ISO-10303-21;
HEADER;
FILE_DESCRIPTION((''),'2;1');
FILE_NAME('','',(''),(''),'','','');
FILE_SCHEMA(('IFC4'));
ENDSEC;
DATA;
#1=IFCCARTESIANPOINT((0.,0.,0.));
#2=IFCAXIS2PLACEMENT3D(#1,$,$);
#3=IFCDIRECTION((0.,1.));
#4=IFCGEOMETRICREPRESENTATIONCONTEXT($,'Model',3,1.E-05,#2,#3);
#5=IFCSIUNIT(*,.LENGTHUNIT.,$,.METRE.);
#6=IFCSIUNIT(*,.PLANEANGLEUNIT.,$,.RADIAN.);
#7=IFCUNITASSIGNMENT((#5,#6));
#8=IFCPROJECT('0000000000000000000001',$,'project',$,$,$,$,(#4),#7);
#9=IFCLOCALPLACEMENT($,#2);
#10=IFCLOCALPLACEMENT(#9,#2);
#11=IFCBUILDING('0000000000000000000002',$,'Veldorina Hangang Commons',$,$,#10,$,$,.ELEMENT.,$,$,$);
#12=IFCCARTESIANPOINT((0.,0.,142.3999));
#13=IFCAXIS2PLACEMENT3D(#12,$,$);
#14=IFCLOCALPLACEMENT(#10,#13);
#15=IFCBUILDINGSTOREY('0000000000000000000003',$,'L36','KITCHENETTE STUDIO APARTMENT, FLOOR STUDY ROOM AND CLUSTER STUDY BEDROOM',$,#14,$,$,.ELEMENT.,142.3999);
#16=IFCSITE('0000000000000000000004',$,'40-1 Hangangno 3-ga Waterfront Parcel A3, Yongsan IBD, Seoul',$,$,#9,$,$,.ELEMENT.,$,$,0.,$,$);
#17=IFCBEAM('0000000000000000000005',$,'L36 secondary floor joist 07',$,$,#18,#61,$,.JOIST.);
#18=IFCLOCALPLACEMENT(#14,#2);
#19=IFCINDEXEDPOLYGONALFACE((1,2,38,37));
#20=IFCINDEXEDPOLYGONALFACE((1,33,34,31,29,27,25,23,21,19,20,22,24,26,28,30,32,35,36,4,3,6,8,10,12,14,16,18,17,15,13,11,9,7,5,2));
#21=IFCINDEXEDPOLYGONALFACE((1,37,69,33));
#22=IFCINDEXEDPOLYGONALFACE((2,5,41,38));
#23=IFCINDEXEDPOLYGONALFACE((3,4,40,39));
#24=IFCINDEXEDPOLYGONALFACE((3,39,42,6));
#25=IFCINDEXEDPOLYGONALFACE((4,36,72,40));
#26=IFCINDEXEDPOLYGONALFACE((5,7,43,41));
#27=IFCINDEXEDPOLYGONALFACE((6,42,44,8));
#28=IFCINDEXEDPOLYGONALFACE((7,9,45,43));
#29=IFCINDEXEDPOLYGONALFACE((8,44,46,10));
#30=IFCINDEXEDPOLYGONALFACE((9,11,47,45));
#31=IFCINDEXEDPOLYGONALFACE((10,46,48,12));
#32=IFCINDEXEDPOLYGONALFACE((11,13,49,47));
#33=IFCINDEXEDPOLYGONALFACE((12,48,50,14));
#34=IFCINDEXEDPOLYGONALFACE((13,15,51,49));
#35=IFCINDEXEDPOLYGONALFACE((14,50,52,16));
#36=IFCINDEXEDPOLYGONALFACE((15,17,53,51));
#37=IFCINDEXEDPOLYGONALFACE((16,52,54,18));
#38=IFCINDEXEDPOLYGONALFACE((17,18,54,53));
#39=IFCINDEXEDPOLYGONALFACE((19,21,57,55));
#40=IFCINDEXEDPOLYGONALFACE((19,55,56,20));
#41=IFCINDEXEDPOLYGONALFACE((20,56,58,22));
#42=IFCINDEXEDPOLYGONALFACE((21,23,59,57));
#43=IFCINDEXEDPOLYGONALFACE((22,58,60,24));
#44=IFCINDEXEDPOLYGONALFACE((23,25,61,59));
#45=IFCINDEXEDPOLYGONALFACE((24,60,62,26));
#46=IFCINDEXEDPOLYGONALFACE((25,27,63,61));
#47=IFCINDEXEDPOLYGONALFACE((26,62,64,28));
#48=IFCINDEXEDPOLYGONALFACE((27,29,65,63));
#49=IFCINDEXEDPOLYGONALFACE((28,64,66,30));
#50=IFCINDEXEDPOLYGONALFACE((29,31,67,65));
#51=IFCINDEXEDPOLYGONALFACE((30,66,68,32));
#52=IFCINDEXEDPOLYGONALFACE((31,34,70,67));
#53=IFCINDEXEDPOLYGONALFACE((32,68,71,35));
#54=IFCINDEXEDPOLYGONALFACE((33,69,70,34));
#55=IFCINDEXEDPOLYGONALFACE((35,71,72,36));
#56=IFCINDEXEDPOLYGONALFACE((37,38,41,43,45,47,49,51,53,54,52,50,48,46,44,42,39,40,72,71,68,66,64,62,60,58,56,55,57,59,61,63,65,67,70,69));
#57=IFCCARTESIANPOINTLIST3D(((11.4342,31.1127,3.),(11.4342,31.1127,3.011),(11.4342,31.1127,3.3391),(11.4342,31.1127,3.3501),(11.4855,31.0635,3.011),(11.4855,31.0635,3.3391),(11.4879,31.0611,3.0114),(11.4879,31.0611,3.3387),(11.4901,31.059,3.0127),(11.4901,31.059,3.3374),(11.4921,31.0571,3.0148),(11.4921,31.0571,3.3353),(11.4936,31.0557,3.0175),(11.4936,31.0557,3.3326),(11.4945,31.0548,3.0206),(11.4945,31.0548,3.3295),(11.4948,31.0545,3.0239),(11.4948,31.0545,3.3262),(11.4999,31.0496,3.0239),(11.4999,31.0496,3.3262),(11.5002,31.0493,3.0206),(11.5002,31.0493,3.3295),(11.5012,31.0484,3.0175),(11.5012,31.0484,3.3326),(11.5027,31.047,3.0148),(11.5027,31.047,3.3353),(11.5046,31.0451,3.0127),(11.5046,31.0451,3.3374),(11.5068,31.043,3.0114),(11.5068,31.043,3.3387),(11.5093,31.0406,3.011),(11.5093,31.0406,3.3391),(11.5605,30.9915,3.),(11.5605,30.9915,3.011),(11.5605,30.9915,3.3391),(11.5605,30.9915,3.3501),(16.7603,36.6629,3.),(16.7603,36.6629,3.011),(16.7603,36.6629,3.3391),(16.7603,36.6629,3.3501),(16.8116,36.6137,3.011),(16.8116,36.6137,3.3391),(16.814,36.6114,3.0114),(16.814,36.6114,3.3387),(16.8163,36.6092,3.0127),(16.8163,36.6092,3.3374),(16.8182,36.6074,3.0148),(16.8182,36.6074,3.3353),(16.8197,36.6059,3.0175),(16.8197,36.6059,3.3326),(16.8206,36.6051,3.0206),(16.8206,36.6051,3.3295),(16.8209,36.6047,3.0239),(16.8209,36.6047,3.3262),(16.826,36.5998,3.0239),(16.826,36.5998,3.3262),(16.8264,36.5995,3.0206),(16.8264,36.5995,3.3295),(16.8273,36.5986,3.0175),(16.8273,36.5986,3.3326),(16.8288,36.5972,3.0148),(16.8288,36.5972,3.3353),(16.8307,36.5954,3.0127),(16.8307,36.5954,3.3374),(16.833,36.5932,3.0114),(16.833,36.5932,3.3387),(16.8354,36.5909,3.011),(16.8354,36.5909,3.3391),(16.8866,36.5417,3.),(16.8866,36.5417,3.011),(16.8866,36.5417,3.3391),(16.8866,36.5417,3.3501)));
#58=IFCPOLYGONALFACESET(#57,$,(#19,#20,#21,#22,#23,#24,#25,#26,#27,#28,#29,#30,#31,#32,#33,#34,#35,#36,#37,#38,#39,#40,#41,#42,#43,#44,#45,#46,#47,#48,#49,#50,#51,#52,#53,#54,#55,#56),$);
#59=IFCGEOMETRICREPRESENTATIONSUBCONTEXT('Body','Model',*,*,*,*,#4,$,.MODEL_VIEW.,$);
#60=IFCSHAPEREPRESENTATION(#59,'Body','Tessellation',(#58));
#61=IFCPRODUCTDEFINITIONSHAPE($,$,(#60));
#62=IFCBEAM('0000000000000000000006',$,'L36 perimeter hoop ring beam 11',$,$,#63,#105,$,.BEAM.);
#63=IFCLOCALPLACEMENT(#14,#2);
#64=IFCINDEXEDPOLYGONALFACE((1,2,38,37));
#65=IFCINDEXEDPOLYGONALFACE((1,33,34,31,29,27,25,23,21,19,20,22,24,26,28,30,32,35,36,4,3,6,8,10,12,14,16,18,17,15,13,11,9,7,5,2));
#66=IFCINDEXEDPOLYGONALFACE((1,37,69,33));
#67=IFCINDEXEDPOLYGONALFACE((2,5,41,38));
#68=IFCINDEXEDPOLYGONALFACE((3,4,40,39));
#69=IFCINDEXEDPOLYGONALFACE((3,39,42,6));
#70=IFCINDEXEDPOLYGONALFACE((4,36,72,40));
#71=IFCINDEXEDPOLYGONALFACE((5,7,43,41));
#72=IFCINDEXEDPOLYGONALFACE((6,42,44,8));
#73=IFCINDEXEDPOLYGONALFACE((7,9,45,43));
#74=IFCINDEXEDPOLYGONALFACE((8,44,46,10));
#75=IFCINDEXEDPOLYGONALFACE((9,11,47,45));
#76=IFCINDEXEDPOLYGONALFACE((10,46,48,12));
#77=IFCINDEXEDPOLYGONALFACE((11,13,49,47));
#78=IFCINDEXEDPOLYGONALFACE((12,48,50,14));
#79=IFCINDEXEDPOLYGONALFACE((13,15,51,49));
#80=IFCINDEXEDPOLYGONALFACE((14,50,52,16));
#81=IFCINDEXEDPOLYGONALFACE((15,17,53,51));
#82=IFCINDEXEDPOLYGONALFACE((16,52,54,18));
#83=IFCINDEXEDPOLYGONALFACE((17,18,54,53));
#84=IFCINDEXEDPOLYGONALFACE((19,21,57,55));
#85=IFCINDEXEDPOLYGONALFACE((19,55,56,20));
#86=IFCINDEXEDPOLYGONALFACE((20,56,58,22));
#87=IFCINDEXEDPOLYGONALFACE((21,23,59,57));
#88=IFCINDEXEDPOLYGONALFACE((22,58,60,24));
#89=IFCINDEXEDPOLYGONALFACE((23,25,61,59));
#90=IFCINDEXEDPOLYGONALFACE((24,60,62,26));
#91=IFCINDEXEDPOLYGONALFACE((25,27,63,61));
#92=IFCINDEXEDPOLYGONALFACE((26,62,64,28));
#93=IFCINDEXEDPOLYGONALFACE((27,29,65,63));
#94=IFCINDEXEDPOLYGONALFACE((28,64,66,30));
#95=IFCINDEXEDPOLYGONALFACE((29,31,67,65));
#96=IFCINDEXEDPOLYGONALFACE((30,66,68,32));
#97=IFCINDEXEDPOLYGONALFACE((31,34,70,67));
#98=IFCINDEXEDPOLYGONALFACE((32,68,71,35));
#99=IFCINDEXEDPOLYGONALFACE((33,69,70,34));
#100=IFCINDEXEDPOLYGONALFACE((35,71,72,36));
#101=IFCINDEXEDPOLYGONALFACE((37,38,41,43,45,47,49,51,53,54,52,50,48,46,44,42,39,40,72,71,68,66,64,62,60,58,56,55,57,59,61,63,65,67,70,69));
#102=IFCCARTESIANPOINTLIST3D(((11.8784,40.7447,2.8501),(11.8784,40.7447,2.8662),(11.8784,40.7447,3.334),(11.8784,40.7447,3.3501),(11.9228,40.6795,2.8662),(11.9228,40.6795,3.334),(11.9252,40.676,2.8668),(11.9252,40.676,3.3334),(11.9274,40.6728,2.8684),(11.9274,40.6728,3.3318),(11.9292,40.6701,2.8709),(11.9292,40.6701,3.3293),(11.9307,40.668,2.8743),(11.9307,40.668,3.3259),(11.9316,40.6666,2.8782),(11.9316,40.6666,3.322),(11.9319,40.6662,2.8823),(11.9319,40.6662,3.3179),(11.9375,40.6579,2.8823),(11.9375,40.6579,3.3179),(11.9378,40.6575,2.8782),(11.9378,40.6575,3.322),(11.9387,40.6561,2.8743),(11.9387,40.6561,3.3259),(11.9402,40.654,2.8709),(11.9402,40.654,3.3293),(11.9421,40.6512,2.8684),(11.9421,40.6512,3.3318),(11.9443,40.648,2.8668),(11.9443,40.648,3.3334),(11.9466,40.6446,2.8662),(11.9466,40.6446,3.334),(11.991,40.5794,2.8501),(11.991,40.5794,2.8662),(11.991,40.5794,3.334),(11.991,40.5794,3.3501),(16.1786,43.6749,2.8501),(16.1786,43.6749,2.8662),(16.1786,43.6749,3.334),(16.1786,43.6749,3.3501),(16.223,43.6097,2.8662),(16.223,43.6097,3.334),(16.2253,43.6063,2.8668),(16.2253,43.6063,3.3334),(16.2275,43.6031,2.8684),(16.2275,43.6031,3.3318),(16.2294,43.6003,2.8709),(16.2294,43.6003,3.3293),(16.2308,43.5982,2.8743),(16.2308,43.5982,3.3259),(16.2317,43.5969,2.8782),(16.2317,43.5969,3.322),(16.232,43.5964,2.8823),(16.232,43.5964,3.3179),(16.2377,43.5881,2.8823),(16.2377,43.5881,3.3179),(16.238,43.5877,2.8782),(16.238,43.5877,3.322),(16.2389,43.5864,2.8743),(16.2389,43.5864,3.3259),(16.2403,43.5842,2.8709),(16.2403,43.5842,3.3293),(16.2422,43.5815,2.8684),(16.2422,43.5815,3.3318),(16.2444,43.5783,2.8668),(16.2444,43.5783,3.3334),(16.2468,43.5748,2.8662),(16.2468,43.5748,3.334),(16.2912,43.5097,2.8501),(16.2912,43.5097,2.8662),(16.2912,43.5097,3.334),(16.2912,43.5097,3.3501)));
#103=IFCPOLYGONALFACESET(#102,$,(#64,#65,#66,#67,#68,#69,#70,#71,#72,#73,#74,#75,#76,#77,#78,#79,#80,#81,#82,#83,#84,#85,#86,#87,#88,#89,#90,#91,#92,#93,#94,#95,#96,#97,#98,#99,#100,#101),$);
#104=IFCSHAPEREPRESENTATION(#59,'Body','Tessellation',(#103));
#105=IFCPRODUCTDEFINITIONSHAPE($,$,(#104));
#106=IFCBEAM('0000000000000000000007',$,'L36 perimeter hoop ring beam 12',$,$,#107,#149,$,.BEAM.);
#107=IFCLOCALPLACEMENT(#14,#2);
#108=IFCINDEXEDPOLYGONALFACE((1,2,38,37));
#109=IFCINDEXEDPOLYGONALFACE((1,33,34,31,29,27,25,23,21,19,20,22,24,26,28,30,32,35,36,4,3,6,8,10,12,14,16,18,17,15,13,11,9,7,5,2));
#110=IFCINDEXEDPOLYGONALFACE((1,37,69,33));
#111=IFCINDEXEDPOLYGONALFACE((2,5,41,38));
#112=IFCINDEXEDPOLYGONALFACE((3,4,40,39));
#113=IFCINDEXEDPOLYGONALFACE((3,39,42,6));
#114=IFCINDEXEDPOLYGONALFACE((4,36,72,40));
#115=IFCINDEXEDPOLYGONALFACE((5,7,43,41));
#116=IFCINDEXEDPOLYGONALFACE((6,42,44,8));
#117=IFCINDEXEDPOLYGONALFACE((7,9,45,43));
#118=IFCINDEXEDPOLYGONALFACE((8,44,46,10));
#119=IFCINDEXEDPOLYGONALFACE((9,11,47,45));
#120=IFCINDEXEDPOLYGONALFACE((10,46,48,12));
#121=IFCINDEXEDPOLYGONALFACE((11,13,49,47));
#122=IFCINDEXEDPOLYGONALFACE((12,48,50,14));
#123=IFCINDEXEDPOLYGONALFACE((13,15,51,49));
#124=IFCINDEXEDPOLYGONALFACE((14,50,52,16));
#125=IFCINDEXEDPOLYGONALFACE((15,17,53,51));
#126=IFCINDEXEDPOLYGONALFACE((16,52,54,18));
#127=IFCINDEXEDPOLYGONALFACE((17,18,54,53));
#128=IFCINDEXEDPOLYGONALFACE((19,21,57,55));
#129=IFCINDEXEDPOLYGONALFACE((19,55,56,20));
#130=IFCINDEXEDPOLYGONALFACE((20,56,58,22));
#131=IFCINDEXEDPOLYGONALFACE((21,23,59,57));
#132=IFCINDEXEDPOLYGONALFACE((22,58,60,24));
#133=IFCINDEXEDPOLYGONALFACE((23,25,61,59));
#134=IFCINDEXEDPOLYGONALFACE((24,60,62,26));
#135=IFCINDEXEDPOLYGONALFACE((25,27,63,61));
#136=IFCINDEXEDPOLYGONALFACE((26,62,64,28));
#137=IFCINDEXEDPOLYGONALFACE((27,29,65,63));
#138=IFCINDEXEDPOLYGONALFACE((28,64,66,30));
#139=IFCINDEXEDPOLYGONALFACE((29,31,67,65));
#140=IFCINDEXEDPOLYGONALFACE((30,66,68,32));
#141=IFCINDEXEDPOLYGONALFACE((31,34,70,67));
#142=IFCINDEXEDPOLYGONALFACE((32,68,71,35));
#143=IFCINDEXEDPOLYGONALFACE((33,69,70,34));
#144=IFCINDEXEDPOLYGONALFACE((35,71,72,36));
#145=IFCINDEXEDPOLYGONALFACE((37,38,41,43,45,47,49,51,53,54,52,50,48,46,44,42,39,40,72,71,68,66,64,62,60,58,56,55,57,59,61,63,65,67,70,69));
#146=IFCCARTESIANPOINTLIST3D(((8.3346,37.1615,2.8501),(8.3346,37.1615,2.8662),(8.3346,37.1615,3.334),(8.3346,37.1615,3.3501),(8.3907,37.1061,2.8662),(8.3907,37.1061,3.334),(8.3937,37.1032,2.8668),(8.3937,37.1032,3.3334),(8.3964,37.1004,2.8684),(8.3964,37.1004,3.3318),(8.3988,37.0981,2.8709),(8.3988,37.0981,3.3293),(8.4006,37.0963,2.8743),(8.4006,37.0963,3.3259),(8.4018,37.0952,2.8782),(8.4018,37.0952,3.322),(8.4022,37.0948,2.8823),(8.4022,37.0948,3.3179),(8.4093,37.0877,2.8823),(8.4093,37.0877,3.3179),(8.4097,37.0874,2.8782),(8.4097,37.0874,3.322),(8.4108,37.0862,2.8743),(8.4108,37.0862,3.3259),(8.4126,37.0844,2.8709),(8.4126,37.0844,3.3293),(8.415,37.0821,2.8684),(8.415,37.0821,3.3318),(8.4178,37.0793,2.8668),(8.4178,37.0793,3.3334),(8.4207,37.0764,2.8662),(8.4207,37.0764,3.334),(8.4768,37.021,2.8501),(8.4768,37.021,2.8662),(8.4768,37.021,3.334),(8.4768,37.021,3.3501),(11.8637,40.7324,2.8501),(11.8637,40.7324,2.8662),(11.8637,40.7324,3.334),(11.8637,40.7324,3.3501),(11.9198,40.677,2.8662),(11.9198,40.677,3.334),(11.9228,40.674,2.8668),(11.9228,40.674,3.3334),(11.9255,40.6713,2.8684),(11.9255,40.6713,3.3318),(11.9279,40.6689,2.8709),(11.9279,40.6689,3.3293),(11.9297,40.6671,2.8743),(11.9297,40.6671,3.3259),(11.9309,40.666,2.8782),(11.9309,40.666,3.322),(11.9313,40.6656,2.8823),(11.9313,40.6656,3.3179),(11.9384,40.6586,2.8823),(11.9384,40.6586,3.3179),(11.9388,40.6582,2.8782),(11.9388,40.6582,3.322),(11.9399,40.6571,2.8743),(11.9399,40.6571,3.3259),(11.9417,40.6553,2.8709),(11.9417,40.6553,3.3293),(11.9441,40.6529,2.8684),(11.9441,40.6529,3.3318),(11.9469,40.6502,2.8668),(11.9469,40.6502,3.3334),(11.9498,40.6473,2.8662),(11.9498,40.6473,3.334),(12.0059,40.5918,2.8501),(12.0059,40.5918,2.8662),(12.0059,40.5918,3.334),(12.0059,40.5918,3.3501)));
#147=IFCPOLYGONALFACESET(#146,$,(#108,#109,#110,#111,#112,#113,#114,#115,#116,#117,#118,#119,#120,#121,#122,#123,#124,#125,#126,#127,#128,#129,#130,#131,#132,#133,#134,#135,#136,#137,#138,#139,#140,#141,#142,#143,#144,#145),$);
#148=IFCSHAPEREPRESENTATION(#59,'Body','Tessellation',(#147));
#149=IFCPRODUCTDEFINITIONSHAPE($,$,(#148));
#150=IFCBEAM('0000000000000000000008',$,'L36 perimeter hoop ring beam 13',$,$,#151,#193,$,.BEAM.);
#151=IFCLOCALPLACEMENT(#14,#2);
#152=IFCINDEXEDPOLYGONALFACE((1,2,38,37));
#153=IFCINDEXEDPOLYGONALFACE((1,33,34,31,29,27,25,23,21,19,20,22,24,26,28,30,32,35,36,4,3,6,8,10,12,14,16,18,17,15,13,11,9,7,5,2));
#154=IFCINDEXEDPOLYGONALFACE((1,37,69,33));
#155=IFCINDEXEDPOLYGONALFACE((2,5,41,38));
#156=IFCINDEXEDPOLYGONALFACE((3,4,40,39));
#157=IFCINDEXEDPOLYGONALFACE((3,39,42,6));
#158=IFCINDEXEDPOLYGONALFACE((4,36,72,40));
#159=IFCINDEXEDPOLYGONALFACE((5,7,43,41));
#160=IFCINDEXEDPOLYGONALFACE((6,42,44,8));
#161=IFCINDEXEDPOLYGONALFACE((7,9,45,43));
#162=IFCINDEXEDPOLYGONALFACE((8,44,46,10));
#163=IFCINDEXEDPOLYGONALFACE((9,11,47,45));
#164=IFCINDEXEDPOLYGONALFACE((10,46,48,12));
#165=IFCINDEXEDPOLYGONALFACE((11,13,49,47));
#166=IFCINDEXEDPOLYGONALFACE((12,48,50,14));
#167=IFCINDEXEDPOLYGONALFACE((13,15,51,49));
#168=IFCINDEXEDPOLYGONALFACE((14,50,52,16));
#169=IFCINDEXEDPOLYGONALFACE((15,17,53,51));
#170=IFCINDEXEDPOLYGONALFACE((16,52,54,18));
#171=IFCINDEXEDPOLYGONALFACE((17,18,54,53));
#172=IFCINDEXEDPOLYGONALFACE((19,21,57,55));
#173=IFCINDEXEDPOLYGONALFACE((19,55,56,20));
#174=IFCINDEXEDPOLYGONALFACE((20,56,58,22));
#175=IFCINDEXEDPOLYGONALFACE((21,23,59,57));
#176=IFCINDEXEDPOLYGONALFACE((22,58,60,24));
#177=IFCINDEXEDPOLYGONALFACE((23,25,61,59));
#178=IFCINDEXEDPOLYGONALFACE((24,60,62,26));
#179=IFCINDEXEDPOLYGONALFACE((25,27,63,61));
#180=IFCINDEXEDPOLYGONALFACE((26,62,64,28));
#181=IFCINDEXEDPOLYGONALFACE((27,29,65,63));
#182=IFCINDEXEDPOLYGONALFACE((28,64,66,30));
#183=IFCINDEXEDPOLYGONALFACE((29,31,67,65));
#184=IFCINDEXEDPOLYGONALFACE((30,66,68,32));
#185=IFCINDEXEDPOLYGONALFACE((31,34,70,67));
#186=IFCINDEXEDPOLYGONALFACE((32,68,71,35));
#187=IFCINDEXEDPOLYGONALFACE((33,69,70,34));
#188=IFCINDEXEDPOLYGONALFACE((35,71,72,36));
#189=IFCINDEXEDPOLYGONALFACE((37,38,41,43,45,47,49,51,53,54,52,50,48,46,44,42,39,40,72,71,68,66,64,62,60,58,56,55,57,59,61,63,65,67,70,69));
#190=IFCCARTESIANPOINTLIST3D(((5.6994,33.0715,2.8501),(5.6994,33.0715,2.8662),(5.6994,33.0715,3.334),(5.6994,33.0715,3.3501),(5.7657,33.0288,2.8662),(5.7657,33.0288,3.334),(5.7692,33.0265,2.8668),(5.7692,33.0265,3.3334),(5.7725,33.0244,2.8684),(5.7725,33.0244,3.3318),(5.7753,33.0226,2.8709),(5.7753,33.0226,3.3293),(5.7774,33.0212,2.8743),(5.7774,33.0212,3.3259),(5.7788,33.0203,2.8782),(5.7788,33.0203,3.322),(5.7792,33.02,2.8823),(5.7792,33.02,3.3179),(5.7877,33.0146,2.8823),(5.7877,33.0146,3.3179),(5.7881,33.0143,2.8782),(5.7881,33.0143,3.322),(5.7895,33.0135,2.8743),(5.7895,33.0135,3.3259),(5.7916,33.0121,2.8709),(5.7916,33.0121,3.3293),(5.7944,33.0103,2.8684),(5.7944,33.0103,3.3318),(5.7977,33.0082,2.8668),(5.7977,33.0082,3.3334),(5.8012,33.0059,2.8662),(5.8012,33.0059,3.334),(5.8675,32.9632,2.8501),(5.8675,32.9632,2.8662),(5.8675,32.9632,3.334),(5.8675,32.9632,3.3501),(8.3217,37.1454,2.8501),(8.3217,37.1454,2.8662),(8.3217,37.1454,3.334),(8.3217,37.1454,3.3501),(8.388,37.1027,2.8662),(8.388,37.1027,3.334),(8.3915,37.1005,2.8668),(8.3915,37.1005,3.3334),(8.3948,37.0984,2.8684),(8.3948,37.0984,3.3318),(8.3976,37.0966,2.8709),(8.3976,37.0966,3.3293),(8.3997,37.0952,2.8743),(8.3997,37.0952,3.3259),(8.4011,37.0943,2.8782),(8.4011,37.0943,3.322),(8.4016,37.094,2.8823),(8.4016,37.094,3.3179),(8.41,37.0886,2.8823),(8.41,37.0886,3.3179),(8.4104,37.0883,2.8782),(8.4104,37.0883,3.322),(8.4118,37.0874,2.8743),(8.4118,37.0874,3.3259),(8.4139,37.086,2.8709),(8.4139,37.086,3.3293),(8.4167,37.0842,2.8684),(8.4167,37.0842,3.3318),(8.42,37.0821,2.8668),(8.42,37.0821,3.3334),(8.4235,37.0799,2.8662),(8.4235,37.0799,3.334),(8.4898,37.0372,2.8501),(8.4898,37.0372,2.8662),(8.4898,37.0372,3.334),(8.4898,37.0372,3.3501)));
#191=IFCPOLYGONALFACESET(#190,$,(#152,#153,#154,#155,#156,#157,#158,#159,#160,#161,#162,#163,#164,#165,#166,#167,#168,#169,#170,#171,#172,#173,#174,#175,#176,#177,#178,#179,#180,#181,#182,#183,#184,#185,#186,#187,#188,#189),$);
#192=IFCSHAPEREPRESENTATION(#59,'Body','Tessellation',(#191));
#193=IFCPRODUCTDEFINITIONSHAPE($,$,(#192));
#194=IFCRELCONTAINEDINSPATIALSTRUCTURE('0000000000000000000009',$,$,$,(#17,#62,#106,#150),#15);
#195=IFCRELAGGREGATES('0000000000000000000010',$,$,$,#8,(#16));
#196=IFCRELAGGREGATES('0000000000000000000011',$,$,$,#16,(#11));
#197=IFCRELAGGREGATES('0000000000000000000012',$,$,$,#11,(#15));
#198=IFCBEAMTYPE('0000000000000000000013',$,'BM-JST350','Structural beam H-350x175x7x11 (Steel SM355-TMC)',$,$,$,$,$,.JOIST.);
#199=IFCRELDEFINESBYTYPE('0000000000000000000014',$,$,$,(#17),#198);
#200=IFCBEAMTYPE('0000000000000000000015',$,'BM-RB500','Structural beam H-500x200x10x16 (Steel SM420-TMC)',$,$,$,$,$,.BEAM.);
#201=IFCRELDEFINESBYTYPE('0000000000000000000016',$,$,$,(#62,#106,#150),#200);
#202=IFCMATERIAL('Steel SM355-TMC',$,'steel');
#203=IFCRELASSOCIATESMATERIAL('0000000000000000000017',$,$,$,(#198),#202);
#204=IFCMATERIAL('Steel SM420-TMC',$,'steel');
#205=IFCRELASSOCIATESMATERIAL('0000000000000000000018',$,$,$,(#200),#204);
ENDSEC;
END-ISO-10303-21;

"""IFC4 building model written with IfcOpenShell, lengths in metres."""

from ifc_helpers import new_model, si_unit, direction, frame, origin, origin_2d, place, context, subcontext, project, spatial, i_section, extrude, material, material_profile, profile_set, type_object, element, save


model = new_model("IFC4")

# Units and contexts
model_context = context("Model", 3, precision=1e-05, world=origin(), true_north=direction((0.0, 1.0)))
body_context = subcontext(model_context, "Body", "Model", "MODEL_VIEW")
ifc_project = project(units=[si_unit("LENGTHUNIT", "METRE"), si_unit("PLANEANGLEUNIT", "RADIAN")], contexts=[model_context])

# Site, building, storey
site_placement = place(None, origin())
site = spatial("IfcSite", under=ifc_project, at=site_placement, Name="40-1 Hangangno 3-ga Waterfront Parcel A3, Yongsan IBD, Seoul", CompositionType="ELEMENT", RefElevation=0.0)
building_placement = place(site_placement, origin())
building = spatial("IfcBuilding", under=site, at=building_placement, Name="Veldorina Hangang Commons", CompositionType="ELEMENT")
storey_placement = place(building_placement, frame((0.0, 0.0, 142.3999)))
storey = spatial("IfcBuildingStorey", under=building, at=storey_placement, Name="L36", Description="KITCHENETTE STUDIO APARTMENT, FLOOR STUDY ROOM AND CLUSTER STUDY BEDROOM", CompositionType="ELEMENT", Elevation=142.3999)

# Beams
ifc_material_1 = material(Name="Steel SM355-TMC", Category="steel")
ifc_material_profile_1 = material_profile(ifc_material_1, i_section(OverallWidth=0.175, OverallDepth=0.3501, WebThickness=0.0071, FlangeThickness=0.011, FilletRadius=0.0129, at=origin_2d()), Name="H-350x175x7x11")
ifc_profile_set_1 = profile_set([ifc_material_profile_1], Name="Steel SM355-TMC")
beam_type_1 = type_object("IfcBeamType", Name="BM-JST350", Description="Structural beam H-350x175x7x11 (Steel SM355-TMC)", PredefinedType="JOIST", material=ifc_profile_set_1)
beam_1_placement = place(storey_placement, frame((16.8235, 36.6023, 3.175), z_axis=(-0.692389, -0.721524, 0.0), x_axis=(0.721524, -0.692389, 0.0)))
element("IfcBeam", 1, at=beam_1_placement, inside=storey, type_object=beam_type_1, Name="L36 secondary floor joist 07", PredefinedType="JOIST", context=body_context, shape_type="SweptSolid", body=[
    extrude(i_section(OverallWidth=0.175, OverallDepth=0.3501, WebThickness=0.0071, FlangeThickness=0.011, FilletRadius=0.0129, at=origin_2d()), origin(), (0.0, 0.0, 1.0), 7.6924),
])
ifc_material_2 = material(Name="Steel SM420-TMC", Category="steel")
ifc_material_profile_2 = material_profile(ifc_material_2, i_section(OverallWidth=0.2, OverallDepth=0.5, WebThickness=0.01, FlangeThickness=0.0161, FilletRadius=0.0161, at=origin_2d()), Name="H-500x200x10x16")
ifc_profile_set_2 = profile_set([ifc_material_profile_2], Name="Steel SM420-TMC")
beam_type_2 = type_object("IfcBeamType", Name="BM-RB500", Description="Structural beam H-500x200x10x16 (Steel SM420-TMC)", PredefinedType="BEAM", material=ifc_profile_set_2)
beam_2_placement = place(storey_placement, frame((16.2349, 43.5923, 3.1001), z_axis=(-0.826377, -0.563117, 0.0), x_axis=(0.563117, -0.826377, 0.0)))
element("IfcBeam", 2, at=beam_2_placement, inside=storey, type_object=beam_type_2, Name="L36 perimeter hoop ring beam 11", PredefinedType="BEAM", context=body_context, shape_type="SweptSolid", body=[
    extrude(i_section(OverallWidth=0.2, OverallDepth=0.5, WebThickness=0.01, FlangeThickness=0.0161, FilletRadius=0.0161, at=origin_2d()), origin(), (0.0, 0.0, 1.0), 5.2036),
])
beam_3_placement = place(storey_placement, frame((11.9348, 40.6621, 3.1001), z_axis=(-0.702937, -0.711252, 0.0), x_axis=(0.711252, -0.702937, 0.0)))
element("IfcBeam", 3, at=beam_3_placement, inside=storey, type_object=beam_type_2, Name="L36 perimeter hoop ring beam 12", PredefinedType="BEAM", context=body_context, shape_type="SweptSolid", body=[
    extrude(i_section(OverallWidth=0.2, OverallDepth=0.5, WebThickness=0.01, FlangeThickness=0.0161, FilletRadius=0.0161, at=origin_2d()), origin(), (0.0, 0.0, 1.0), 5.0205),
])
beam_4_placement = place(storey_placement, frame((8.4058, 37.0913, 3.1001), z_axis=(-0.541244, -0.840866, 0.0), x_axis=(0.840866, -0.541244, 0.0)))
element("IfcBeam", 4, at=beam_4_placement, inside=storey, type_object=beam_type_2, Name="L36 perimeter hoop ring beam 13", PredefinedType="BEAM", context=body_context, shape_type="SweptSolid", body=[
    extrude(i_section(OverallWidth=0.2, OverallDepth=0.5, WebThickness=0.01, FlangeThickness=0.0161, FilletRadius=0.0161, at=origin_2d()), origin(), (0.0, 0.0, 1.0), 4.845),
])

save(model, "model.ifc")
